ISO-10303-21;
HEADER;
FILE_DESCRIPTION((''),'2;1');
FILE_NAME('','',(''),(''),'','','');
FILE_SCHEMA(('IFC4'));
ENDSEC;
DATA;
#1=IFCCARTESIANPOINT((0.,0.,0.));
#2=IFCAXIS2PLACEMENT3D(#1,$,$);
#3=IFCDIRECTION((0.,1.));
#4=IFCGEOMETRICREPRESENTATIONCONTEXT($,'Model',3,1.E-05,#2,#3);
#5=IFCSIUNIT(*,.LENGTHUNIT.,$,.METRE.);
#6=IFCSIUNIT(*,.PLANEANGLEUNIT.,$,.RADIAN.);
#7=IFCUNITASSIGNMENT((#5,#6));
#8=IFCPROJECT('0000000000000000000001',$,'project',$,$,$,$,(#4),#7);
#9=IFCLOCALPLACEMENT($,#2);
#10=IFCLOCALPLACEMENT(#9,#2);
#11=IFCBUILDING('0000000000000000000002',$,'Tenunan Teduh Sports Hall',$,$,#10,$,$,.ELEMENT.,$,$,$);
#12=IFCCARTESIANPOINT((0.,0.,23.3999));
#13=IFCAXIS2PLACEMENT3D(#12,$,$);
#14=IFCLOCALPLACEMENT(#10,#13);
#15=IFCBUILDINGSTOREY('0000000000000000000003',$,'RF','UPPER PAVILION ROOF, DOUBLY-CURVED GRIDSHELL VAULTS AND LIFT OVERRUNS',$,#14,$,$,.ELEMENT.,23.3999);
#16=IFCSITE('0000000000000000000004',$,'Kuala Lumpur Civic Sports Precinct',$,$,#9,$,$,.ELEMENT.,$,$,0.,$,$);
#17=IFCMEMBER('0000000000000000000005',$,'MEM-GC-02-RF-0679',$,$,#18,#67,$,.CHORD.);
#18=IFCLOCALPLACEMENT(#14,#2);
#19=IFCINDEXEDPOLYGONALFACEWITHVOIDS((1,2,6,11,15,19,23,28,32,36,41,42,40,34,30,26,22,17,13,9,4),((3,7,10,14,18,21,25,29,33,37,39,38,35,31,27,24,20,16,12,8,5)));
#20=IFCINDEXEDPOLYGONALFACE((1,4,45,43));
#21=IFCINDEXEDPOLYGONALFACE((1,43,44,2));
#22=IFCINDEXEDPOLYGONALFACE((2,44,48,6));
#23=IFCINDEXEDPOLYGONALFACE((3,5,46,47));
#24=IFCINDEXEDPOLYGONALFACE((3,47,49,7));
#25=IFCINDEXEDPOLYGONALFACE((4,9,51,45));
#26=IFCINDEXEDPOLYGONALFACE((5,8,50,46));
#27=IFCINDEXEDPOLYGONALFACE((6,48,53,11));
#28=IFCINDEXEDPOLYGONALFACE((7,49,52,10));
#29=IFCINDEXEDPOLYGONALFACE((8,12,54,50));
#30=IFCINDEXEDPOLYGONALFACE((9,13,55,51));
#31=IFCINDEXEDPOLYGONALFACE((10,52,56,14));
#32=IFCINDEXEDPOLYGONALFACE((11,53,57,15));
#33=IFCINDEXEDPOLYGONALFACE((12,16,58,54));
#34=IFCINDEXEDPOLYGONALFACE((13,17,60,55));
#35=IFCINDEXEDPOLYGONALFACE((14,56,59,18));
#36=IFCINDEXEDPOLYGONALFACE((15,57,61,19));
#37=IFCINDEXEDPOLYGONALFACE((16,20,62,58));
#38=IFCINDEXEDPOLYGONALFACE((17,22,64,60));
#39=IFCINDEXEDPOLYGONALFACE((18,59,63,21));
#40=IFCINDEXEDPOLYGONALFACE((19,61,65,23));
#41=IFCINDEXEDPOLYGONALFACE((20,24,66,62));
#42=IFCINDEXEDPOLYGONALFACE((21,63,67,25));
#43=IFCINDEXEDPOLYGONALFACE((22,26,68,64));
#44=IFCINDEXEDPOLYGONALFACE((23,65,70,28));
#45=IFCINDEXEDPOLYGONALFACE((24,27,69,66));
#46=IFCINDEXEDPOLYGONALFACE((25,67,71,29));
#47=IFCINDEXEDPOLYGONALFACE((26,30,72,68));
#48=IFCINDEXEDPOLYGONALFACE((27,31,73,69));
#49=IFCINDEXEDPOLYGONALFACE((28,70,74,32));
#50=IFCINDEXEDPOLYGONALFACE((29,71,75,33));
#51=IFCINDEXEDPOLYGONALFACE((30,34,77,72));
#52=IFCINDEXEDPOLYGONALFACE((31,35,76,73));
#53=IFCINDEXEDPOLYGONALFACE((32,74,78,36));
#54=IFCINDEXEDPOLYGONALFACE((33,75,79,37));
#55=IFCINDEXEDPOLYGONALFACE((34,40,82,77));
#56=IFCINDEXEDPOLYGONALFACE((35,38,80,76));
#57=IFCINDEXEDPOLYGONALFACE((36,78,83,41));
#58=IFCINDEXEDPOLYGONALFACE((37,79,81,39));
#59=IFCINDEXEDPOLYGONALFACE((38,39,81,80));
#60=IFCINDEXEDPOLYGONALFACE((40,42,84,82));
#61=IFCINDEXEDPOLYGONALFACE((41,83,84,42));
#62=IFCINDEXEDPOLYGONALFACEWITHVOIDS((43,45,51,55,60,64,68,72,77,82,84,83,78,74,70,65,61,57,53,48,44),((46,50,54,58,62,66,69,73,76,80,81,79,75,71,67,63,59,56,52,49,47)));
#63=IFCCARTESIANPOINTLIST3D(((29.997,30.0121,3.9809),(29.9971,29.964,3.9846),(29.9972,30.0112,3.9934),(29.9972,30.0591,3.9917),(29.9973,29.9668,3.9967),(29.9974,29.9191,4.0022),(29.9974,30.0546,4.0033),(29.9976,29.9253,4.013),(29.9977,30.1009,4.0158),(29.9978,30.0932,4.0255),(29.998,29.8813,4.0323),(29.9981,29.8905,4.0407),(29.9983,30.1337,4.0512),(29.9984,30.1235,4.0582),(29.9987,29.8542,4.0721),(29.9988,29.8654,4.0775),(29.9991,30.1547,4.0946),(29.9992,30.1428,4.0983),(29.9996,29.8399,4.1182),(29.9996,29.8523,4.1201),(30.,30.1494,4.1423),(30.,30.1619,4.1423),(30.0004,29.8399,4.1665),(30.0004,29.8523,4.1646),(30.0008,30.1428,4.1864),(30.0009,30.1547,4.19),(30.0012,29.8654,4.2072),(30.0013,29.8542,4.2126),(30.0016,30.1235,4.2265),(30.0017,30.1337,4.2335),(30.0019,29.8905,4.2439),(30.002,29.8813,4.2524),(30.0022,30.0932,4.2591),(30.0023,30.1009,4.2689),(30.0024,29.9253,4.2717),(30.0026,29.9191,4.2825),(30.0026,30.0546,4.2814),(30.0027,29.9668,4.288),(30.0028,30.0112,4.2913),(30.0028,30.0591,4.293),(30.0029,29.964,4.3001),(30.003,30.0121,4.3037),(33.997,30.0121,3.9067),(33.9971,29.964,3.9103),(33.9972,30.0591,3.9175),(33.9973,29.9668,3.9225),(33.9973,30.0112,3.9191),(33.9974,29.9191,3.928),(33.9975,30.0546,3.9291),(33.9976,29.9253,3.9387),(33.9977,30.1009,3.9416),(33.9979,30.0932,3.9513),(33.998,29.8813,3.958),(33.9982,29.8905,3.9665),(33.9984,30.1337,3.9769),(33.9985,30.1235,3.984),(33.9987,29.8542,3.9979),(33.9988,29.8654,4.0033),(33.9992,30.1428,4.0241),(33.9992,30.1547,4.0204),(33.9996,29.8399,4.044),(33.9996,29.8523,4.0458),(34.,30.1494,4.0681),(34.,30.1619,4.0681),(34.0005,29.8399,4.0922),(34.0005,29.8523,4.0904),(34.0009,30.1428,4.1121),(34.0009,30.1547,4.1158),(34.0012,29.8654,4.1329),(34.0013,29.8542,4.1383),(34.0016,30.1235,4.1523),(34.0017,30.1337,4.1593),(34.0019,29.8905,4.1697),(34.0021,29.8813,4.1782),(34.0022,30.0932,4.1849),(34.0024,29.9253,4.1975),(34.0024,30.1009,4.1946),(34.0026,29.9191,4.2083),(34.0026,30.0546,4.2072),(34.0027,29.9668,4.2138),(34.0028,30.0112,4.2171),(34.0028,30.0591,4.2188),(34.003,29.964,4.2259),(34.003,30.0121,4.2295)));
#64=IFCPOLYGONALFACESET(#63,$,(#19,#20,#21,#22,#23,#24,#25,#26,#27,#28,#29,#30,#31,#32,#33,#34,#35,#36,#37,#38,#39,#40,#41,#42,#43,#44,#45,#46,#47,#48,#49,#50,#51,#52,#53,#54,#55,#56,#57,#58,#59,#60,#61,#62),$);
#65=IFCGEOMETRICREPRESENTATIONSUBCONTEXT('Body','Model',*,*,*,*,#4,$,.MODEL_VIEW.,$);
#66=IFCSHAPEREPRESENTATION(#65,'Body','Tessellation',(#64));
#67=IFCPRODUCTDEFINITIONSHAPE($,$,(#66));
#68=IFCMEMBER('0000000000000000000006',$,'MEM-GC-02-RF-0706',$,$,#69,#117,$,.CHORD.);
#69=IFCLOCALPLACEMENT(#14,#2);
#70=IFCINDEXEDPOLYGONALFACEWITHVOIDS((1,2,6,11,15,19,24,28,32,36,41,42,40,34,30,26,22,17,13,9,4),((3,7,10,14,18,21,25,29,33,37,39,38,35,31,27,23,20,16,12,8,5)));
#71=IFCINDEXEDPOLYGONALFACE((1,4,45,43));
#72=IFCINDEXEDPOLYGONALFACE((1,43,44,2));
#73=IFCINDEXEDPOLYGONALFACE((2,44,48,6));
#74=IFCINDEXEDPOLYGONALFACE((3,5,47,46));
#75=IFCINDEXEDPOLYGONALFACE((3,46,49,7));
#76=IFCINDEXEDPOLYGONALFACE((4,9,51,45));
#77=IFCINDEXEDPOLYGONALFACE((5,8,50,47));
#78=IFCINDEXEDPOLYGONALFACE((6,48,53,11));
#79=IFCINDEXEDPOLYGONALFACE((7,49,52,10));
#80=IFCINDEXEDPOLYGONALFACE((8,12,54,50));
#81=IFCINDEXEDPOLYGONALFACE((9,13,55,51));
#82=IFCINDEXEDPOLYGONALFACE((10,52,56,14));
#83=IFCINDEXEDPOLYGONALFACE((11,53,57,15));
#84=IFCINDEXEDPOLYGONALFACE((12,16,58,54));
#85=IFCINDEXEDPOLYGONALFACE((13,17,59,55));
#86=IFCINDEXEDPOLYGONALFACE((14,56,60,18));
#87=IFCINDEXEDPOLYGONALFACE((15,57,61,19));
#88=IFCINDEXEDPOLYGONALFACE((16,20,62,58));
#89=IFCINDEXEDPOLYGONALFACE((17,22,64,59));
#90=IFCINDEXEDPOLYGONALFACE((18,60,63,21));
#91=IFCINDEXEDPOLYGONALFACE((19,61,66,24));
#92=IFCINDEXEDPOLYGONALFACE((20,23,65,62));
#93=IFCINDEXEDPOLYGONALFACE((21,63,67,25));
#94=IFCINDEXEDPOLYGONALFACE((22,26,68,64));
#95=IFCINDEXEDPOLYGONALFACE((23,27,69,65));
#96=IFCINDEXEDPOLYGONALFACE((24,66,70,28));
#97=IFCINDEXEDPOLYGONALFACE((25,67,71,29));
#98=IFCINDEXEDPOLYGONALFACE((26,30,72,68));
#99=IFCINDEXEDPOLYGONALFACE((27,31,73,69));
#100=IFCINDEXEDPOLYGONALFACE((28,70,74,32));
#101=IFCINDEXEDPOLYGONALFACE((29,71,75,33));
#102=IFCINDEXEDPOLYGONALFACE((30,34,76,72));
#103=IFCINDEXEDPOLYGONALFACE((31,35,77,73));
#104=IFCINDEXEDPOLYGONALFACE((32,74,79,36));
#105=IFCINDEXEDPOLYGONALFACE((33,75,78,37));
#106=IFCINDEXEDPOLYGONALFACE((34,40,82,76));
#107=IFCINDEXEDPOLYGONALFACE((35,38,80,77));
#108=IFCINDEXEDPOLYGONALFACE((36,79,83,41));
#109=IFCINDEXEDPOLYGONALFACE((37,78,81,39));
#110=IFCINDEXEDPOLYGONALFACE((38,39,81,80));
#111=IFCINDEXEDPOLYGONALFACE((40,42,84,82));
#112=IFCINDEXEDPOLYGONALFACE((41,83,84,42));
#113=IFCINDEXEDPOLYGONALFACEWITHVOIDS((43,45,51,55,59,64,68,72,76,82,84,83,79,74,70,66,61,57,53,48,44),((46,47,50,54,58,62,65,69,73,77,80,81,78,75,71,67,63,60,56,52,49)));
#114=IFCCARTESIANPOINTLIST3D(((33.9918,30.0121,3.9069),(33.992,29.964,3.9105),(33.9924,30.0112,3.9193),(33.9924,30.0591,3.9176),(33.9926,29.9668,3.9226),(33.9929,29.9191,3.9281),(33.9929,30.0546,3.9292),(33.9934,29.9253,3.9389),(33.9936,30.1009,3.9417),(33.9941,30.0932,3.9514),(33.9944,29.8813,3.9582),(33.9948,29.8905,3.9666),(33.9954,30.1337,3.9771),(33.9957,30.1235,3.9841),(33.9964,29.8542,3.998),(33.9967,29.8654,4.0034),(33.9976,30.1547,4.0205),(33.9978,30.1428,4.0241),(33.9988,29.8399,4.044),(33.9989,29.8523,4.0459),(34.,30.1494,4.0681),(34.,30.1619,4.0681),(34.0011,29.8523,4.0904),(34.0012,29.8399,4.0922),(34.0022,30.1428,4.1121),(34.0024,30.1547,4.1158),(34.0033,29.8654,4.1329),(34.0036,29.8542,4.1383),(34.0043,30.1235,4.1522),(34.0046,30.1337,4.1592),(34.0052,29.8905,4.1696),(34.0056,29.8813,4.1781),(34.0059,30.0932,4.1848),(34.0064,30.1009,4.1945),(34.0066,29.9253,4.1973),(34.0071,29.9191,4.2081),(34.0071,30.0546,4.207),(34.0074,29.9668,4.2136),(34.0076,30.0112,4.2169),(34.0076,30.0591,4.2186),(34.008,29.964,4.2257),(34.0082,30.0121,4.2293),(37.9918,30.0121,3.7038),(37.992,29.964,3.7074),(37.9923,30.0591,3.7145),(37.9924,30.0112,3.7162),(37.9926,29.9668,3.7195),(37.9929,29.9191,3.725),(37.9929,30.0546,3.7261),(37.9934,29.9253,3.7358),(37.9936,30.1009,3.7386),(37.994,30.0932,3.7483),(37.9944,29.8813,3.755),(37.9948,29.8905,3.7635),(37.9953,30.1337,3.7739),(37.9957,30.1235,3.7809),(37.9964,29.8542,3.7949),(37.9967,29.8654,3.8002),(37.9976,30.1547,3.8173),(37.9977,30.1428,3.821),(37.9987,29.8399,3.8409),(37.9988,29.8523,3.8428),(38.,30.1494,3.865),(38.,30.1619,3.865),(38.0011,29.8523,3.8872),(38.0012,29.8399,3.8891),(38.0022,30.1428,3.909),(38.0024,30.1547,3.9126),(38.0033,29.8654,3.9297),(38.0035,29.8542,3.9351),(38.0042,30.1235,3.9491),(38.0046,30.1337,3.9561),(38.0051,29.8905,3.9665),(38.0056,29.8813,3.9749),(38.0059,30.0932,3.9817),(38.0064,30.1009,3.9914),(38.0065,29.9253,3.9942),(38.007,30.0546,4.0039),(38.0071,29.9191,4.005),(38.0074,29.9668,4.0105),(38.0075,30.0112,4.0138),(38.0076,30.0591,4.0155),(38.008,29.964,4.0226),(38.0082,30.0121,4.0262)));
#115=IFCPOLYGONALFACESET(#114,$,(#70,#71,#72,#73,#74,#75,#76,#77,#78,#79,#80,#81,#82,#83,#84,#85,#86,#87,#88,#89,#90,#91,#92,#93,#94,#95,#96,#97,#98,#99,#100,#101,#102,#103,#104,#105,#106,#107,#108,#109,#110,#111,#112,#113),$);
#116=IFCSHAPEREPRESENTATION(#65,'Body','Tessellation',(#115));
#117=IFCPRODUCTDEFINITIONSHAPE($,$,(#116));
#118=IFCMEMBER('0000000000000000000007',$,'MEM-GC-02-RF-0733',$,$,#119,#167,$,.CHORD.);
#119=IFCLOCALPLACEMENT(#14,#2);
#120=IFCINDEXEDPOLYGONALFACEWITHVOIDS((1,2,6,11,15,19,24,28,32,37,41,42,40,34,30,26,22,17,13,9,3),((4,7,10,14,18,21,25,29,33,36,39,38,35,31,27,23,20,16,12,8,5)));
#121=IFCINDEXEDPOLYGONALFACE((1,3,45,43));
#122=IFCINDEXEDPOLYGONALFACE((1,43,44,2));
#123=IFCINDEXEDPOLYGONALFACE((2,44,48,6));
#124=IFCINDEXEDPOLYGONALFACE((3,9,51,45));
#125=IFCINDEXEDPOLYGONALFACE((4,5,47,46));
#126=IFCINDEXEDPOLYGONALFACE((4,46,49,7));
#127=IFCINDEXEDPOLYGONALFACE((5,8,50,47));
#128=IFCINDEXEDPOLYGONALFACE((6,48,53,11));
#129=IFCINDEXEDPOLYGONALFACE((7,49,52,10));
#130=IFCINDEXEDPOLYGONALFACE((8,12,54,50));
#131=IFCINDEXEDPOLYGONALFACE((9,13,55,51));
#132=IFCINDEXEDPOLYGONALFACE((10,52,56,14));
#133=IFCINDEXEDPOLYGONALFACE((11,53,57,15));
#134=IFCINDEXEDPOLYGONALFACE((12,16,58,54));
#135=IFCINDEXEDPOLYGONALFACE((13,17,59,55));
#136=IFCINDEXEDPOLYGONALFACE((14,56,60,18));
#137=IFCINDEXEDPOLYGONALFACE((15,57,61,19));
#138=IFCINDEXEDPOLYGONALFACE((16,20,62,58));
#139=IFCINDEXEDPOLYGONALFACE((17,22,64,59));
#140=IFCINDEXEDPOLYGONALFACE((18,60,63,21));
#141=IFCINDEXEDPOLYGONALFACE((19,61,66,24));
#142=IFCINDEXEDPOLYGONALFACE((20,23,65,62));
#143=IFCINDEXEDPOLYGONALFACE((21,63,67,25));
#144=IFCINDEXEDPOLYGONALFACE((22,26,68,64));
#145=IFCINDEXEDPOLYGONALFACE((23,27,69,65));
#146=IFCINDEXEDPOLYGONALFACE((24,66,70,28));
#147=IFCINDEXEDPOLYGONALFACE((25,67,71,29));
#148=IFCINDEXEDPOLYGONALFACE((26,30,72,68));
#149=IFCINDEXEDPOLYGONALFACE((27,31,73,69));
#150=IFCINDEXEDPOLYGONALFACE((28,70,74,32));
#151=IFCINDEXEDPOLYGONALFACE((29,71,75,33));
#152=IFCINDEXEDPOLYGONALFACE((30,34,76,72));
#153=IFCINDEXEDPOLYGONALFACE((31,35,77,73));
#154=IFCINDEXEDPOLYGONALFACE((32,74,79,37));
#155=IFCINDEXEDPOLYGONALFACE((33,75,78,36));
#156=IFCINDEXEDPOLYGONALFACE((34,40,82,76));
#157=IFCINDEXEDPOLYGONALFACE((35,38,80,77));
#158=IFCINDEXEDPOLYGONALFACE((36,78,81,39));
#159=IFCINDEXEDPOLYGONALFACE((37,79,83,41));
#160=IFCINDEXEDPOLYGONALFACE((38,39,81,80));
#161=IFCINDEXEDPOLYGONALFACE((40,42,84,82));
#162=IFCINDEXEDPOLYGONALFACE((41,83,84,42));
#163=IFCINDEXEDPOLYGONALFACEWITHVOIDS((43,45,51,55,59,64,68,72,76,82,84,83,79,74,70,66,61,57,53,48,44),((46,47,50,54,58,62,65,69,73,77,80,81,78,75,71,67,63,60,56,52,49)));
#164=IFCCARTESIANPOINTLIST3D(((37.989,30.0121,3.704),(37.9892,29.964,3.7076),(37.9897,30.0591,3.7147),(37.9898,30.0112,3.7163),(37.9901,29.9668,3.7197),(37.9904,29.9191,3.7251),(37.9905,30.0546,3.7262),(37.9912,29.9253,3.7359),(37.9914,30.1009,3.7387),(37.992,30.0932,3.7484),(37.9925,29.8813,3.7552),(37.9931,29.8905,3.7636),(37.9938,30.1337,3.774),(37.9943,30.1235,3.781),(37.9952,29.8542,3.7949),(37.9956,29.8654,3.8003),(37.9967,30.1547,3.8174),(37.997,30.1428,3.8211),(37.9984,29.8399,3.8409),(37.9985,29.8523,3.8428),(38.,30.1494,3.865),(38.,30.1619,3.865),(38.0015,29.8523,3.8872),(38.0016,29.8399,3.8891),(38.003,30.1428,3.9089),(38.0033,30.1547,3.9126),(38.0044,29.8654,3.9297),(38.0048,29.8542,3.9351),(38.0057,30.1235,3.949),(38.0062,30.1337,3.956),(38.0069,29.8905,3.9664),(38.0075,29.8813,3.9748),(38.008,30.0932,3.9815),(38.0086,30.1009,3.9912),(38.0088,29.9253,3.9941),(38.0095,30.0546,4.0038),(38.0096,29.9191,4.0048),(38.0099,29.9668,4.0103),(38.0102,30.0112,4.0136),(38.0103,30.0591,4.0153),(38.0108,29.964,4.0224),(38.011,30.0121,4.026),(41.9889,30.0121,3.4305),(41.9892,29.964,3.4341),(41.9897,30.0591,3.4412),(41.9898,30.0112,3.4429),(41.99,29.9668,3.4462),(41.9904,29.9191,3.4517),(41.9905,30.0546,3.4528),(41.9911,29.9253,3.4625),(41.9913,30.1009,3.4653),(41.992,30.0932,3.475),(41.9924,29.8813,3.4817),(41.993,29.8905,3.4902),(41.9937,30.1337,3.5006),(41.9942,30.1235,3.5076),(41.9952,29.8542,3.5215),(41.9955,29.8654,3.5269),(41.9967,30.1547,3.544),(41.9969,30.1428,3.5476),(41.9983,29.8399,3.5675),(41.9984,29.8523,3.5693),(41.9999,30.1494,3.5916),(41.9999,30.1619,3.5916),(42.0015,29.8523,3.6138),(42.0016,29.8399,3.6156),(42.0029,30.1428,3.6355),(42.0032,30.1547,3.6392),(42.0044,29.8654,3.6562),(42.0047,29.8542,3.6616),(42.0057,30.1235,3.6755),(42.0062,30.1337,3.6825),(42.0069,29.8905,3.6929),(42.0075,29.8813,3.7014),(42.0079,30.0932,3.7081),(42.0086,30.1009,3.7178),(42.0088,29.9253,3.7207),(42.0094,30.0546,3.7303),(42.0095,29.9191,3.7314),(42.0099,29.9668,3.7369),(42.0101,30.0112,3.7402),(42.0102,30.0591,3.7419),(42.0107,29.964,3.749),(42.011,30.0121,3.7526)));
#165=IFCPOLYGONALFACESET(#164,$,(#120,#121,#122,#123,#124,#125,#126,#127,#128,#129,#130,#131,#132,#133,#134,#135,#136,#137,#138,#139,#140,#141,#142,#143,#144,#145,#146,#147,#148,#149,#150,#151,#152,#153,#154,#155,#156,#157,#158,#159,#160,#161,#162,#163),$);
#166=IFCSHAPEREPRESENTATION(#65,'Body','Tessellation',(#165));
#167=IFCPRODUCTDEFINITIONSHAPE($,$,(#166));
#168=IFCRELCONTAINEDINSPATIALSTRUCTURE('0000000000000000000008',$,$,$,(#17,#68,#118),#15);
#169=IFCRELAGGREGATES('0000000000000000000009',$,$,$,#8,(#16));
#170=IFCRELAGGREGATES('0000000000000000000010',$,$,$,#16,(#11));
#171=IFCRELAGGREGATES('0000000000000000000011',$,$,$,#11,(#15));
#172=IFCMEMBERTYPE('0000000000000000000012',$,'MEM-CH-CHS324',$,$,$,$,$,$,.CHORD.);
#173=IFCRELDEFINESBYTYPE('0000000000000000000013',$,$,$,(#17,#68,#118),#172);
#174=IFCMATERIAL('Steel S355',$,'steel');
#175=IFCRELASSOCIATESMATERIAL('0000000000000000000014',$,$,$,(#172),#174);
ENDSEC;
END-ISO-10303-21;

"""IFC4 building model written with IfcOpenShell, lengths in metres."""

from ifc_helpers import new_model, si_unit, direction, frame, origin, origin_2d, place, context, subcontext, project, spatial, hollow_circle, extrude, material, material_profile, profile_set, type_object, element, save


model = new_model("IFC4")

# Units and contexts
model_context = context("Model", 3, precision=1e-05, world=origin(), true_north=direction((0.0, 1.0)))
body_context = subcontext(model_context, "Body", "Model", "MODEL_VIEW")
ifc_project = project(units=[si_unit("LENGTHUNIT", "METRE"), si_unit("PLANEANGLEUNIT", "RADIAN")], contexts=[model_context])

# Site, building, storey
site_placement = place(None, origin())
site = spatial("IfcSite", under=ifc_project, at=site_placement, Name="Kuala Lumpur Civic Sports Precinct", CompositionType="ELEMENT", RefElevation=0.0)
building_placement = place(site_placement, origin())
building = spatial("IfcBuilding", under=site, at=building_placement, Name="Tenunan Teduh Sports Hall", CompositionType="ELEMENT")
storey_placement = place(building_placement, frame((0.0, 0.0, 23.3999)))
storey = spatial("IfcBuildingStorey", under=building, at=storey_placement, Name="RF", Description="UPPER PAVILION ROOF, DOUBLY-CURVED GRIDSHELL VAULTS AND LIFT OVERRUNS", CompositionType="ELEMENT", Elevation=23.3999)

# Members
ifc_material_1 = material(Name="Steel S355", Category="steel")
ifc_material_profile_1 = material_profile(ifc_material_1, hollow_circle(Radius=0.1619, WallThickness=0.0125, at=origin_2d()), Name="CHS 323.9x12.5")
ifc_profile_set_1 = profile_set([ifc_material_profile_1], Name="Steel S355")
member_type_1 = type_object("IfcMemberType", Name="MEM-CH-CHS324", PredefinedType="CHORD", material=ifc_profile_set_1)
member_1_placement = place(storey_placement, frame((30.0, 30.0, 4.1423), z_axis=(0.999828, 0.0, -0.018551), x_axis=(0.0, 1.0, 0.0)))
element("IfcMember", 1, at=member_1_placement, inside=storey, type_object=member_type_1, Name="MEM-GC-02-RF-0679", PredefinedType="CHORD", context=body_context, shape_type="SweptSolid", body=[
    extrude(hollow_circle(Radius=0.1619, WallThickness=0.0125, at=origin_2d()), origin(), (0.0, 0.0, 1.0), 4.0007),
])
member_2_placement = place(storey_placement, frame((34.0, 30.0, 4.0681), z_axis=(0.998713, 0.0, -0.050716), x_axis=(0.0, 1.0, 0.0)))
element("IfcMember", 2, at=member_2_placement, inside=storey, type_object=member_type_1, Name="MEM-GC-02-RF-0706", PredefinedType="CHORD", context=body_context, shape_type="SweptSolid", body=[
    extrude(hollow_circle(Radius=0.1619, WallThickness=0.0125, at=origin_2d()), origin(), (0.0, 0.0, 1.0), 4.0051),
])
member_3_placement = place(storey_placement, frame((38.0, 30.0, 3.865), z_axis=(0.997672, 0.0, -0.0682), x_axis=(0.0, 1.0, 0.0)))
element("IfcMember", 3, at=member_3_placement, inside=storey, type_object=member_type_1, Name="MEM-GC-02-RF-0733", PredefinedType="CHORD", context=body_context, shape_type="SweptSolid", body=[
    extrude(hollow_circle(Radius=0.1619, WallThickness=0.0125, at=origin_2d()), origin(), (0.0, 0.0, 1.0), 4.0093),
])

save(model, "model.ifc")
